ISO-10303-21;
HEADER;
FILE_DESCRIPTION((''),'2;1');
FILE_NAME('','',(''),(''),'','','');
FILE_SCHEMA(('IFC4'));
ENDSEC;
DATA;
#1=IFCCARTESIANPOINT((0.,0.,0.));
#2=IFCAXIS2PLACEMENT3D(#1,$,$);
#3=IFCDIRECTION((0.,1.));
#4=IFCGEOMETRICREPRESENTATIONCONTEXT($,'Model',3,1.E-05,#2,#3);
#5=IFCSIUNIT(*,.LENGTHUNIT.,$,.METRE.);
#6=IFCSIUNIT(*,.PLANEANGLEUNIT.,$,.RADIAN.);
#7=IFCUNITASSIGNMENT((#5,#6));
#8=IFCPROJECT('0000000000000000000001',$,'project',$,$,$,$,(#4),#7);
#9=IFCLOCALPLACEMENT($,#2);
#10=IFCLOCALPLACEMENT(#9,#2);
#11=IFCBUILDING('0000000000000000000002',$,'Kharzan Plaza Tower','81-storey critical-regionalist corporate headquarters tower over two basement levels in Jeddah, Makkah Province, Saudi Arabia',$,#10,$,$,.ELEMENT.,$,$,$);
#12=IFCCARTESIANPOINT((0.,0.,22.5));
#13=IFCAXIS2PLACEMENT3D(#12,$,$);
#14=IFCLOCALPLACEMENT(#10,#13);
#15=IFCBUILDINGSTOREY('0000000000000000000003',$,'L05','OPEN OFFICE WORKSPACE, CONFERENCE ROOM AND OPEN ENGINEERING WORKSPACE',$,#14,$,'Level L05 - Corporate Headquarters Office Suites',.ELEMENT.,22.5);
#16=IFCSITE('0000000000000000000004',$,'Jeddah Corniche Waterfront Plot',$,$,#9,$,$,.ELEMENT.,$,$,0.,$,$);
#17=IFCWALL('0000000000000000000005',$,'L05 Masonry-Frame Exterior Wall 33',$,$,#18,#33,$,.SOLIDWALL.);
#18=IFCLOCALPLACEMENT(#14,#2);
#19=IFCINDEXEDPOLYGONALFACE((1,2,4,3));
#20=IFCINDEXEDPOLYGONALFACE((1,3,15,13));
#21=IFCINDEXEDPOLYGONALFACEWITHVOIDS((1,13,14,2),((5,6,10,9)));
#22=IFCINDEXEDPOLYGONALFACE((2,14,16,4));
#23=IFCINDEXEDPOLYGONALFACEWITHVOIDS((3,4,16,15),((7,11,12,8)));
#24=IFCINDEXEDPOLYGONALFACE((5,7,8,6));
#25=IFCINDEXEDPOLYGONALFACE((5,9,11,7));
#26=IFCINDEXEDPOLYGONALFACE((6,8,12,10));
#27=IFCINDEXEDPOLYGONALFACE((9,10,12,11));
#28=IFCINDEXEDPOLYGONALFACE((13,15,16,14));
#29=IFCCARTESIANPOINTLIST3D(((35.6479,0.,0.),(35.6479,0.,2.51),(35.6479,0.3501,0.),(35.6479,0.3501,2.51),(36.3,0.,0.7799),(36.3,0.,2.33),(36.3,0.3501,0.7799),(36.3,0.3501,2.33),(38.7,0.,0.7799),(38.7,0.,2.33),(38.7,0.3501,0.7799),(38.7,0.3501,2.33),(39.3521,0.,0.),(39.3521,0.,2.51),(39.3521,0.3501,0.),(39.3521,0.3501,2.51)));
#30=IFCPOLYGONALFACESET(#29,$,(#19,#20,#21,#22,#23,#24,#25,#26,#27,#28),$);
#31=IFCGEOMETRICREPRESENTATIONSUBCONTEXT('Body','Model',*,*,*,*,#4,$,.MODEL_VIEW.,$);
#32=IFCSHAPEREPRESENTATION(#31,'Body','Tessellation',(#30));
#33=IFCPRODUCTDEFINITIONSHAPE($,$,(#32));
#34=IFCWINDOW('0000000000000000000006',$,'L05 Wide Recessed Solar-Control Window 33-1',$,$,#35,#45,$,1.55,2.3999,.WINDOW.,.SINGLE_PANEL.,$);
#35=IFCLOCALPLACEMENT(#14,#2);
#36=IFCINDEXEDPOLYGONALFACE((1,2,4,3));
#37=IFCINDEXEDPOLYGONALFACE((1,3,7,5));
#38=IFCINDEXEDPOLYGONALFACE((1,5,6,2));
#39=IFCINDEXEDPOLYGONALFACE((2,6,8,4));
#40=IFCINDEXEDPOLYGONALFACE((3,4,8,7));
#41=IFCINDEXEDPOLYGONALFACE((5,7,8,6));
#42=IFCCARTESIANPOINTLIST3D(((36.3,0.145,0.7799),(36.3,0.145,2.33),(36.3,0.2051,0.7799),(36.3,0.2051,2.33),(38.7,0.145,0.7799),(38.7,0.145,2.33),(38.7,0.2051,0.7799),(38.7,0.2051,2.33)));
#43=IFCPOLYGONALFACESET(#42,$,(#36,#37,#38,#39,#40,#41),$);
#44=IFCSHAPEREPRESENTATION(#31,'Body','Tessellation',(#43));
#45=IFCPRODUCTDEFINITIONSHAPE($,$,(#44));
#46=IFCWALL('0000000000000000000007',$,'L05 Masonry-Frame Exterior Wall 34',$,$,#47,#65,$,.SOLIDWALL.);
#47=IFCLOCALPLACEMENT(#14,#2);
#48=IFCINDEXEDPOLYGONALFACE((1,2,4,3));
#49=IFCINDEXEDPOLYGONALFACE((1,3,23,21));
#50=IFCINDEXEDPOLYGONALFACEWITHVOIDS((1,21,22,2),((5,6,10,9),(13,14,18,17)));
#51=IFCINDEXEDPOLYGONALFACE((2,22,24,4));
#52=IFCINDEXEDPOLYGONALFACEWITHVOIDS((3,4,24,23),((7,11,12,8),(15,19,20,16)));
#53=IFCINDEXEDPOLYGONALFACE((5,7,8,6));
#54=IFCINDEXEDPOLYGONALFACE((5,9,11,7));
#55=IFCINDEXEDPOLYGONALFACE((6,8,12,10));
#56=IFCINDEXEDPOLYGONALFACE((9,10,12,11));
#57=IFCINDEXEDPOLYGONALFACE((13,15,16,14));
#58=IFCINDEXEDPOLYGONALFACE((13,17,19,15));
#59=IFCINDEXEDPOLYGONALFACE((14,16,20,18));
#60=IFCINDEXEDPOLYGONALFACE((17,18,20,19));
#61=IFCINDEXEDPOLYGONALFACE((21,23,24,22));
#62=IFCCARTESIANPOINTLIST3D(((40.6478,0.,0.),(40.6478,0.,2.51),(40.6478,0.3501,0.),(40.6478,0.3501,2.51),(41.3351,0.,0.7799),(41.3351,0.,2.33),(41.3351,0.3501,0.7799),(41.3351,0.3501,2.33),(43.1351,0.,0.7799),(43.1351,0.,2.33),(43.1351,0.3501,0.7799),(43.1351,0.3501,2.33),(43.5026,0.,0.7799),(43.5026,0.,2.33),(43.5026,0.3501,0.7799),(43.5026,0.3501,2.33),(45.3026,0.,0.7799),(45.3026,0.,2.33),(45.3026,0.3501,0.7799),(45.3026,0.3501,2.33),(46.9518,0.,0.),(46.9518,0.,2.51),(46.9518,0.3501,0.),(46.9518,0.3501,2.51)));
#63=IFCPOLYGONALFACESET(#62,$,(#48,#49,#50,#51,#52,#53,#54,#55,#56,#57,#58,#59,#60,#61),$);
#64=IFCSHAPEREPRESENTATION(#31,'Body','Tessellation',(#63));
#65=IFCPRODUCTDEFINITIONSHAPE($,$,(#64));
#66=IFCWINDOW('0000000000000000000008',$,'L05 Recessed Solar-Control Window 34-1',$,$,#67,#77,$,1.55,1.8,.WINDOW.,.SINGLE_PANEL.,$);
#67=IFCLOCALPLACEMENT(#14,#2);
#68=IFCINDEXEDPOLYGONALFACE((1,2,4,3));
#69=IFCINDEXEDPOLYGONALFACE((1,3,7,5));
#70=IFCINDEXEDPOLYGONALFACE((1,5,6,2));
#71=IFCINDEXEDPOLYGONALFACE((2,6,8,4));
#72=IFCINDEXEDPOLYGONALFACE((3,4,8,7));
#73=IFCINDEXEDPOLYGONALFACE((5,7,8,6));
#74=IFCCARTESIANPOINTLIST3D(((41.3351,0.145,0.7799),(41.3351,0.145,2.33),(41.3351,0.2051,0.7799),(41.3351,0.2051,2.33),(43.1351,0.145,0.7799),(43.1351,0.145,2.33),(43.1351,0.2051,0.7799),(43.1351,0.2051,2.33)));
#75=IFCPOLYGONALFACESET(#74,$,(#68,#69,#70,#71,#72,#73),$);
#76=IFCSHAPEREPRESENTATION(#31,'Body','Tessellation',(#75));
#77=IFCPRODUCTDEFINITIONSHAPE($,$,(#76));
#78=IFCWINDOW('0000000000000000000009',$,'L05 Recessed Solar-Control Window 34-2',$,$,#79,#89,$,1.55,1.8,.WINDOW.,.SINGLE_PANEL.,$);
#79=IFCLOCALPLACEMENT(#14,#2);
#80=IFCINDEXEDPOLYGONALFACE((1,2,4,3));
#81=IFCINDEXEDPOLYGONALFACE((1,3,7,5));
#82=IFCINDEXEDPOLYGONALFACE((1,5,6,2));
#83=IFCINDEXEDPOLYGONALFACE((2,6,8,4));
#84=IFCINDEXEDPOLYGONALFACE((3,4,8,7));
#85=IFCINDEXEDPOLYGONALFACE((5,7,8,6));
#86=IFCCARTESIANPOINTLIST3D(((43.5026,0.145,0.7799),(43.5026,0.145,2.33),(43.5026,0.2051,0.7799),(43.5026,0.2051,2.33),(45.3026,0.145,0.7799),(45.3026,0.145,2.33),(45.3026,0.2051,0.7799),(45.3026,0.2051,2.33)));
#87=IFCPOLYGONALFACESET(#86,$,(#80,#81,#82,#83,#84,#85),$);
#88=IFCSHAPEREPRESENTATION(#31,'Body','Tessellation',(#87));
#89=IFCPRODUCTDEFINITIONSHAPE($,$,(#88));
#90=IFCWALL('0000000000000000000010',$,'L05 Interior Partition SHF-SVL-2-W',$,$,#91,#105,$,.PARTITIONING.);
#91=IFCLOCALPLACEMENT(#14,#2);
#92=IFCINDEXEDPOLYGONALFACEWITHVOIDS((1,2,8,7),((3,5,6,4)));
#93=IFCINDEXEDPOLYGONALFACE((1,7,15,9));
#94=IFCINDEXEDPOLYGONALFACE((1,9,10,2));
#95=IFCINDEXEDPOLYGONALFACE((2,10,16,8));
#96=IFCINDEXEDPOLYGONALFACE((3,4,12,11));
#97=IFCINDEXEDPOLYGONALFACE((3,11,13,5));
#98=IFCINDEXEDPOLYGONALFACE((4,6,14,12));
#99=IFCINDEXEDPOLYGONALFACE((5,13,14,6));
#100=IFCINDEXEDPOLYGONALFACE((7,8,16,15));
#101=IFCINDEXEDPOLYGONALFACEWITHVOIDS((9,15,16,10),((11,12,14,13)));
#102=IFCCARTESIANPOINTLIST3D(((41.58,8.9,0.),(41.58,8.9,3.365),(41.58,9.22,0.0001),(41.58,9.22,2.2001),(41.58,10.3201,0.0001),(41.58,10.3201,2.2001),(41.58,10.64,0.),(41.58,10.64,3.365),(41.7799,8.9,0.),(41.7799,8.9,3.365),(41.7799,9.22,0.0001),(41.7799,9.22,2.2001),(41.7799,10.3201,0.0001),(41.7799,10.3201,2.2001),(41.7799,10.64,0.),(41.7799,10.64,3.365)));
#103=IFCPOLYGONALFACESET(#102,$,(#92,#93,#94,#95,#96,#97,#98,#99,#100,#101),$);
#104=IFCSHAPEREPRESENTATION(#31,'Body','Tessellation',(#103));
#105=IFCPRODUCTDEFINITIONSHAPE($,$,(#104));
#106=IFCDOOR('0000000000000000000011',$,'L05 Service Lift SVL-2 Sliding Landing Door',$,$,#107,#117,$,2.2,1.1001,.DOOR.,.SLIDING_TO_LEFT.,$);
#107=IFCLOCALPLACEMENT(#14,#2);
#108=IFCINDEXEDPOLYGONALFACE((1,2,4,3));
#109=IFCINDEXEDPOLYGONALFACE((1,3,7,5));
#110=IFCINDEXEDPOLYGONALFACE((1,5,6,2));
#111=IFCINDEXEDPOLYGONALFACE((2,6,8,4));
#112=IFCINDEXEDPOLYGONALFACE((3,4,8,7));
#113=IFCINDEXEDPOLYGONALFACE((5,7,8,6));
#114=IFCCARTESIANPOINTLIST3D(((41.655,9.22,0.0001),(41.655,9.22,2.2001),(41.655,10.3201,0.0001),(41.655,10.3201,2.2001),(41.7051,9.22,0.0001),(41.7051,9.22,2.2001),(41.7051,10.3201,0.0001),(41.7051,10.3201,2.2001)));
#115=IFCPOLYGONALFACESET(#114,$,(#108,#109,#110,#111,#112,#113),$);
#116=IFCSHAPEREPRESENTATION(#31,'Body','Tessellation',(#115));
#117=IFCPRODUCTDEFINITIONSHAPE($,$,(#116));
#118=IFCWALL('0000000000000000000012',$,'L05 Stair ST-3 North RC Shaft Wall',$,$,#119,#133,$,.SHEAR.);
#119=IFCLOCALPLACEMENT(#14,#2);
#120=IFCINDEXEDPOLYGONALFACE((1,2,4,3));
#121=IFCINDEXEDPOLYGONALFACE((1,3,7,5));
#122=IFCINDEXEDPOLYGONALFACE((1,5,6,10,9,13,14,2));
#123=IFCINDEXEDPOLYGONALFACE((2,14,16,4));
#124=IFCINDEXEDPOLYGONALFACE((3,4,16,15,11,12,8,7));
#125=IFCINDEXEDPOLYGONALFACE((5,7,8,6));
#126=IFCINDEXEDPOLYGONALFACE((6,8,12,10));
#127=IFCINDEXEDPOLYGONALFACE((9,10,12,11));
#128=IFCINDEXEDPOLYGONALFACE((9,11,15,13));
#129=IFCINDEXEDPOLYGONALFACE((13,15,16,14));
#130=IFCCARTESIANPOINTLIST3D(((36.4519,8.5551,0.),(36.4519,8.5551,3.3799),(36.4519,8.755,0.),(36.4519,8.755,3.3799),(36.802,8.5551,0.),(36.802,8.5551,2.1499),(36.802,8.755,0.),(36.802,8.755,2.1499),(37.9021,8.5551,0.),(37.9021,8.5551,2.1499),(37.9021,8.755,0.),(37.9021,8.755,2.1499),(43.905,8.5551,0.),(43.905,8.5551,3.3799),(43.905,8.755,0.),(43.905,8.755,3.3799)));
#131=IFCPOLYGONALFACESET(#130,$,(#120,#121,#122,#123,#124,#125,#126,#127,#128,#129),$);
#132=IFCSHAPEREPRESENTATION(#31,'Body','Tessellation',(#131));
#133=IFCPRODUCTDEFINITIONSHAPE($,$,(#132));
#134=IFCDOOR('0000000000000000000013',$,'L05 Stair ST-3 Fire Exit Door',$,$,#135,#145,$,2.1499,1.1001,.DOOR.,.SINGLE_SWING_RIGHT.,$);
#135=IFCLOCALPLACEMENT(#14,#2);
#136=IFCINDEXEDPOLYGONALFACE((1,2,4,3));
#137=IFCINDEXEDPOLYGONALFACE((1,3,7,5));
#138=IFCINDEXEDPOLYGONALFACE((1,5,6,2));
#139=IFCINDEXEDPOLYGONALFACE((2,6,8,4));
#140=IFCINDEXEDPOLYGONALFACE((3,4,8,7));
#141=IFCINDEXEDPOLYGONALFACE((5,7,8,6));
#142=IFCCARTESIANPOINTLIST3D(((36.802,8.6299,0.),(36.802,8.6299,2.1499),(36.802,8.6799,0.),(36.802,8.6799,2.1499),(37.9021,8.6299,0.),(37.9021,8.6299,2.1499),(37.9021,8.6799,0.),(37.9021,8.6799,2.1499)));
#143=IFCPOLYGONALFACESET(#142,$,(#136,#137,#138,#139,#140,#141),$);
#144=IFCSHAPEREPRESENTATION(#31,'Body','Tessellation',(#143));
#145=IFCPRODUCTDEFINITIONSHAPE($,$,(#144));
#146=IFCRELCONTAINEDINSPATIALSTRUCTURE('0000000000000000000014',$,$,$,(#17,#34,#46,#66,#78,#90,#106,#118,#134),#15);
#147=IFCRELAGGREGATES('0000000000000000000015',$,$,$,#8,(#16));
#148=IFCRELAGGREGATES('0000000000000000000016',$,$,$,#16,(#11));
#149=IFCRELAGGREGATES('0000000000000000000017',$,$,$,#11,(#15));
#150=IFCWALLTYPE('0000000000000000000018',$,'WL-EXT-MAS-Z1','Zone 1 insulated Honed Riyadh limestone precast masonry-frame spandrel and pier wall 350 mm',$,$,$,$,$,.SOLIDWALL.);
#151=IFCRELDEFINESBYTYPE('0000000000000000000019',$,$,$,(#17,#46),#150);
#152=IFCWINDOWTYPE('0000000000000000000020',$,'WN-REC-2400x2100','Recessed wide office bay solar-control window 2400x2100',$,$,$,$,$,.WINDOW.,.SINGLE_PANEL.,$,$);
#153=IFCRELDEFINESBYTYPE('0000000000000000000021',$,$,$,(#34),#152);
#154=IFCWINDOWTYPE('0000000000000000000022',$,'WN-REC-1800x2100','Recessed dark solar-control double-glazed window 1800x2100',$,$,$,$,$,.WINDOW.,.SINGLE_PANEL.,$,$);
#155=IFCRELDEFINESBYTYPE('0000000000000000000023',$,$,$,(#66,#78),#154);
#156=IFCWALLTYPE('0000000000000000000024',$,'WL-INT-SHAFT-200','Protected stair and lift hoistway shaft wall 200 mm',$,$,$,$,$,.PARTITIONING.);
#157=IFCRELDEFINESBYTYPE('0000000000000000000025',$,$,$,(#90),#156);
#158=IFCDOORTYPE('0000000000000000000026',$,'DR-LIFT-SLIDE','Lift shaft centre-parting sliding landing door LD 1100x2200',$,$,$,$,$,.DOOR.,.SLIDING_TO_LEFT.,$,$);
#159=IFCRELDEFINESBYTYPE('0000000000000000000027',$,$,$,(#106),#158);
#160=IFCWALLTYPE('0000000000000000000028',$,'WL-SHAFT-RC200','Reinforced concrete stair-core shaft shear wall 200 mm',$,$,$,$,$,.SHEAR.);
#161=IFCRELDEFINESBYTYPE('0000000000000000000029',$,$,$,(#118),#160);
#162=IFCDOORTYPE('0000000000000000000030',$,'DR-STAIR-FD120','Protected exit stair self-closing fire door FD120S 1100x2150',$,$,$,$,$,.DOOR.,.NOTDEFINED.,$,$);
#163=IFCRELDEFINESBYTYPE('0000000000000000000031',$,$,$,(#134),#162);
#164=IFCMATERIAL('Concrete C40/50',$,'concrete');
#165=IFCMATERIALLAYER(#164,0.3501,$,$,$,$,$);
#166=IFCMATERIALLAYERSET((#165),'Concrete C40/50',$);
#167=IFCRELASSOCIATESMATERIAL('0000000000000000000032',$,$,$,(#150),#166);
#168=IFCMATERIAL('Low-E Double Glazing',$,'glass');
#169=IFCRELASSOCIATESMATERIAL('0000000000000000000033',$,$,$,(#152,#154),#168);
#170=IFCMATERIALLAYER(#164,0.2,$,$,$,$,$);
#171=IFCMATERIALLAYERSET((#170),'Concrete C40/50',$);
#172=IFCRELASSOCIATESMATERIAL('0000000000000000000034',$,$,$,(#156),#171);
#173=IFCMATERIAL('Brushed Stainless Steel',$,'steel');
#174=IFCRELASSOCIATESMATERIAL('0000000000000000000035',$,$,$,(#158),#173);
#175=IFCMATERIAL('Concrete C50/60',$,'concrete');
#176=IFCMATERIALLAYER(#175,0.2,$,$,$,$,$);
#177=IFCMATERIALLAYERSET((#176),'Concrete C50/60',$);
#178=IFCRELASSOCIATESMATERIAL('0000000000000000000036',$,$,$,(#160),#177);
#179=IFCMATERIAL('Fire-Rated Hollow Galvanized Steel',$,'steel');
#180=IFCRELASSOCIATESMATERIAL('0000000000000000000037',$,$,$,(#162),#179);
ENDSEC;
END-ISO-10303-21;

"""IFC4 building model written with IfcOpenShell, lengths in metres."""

from ifc_helpers import new_model, si_unit, direction, frame, frame_2d, origin, place, context, subcontext, project, spatial, rectangle, extrude, source, transform, mapped, material, layer, layer_set, type_object, element, fill, save


model = new_model("IFC4")

# Units and contexts
model_context = context("Model", 3, precision=1e-05, world=origin(), true_north=direction((0.0, 1.0)))
body_context = subcontext(model_context, "Body", "Model", "MODEL_VIEW")
ifc_project = project(units=[si_unit("LENGTHUNIT", "METRE"), si_unit("PLANEANGLEUNIT", "RADIAN")], contexts=[model_context])

# Site, building, storey
site_placement = place(None, origin())
site = spatial("IfcSite", under=ifc_project, at=site_placement, Name="Jeddah Corniche Waterfront Plot", CompositionType="ELEMENT", RefElevation=0.0)
building_placement = place(site_placement, origin())
building = spatial("IfcBuilding", under=site, at=building_placement, Name="Kharzan Plaza Tower", Description="81-storey critical-regionalist corporate headquarters tower over two basement levels in Jeddah, Makkah Province, Saudi Arabia", CompositionType="ELEMENT")
storey_placement = place(building_placement, frame((0.0, 0.0, 22.5)))
storey = spatial("IfcBuildingStorey", under=building, at=storey_placement, Name="L05", Description="OPEN OFFICE WORKSPACE, CONFERENCE ROOM AND OPEN ENGINEERING WORKSPACE", LongName="Level L05 - Corporate Headquarters Office Suites", CompositionType="ELEMENT", Elevation=22.5)

# Wall, opening, window
ifc_material_1 = material(Name="Concrete C40/50", Category="concrete")
ifc_layer_1 = layer(ifc_material_1, 0.3501)
ifc_layer_set_1 = layer_set([ifc_layer_1], Name="Concrete C40/50")
wall_type_1 = type_object("IfcWallType", Name="WL-EXT-MAS-Z1", Description="Zone 1 insulated Honed Riyadh limestone precast masonry-frame spandrel and pier wall 350 mm", PredefinedType="SOLIDWALL", material=ifc_layer_set_1)
wall_1_placement = place(storey_placement, frame((35.6479, 0.175, 0.0), z_axis=(0.0, 0.0, 1.0), x_axis=(1.0, 0.0, 0.0)))
wall_1 = element("IfcWall", 1, at=wall_1_placement, inside=storey, type_object=wall_type_1, Name="L05 Masonry-Frame Exterior Wall 33", PredefinedType="SOLIDWALL", context=body_context, shape_type="SweptSolid", body=[
    extrude(rectangle(XDim=3.7041, YDim=0.3501, at=frame_2d((1.8521, 0.0))), origin(), (0.0, 0.0, 1.0), 2.51),
])
opening_1_placement = place(wall_1_placement, frame((0.6521, 0.0, 0.78)))
opening_1 = element("IfcOpeningElement", 2, at=opening_1_placement, cuts=wall_1, PredefinedType="OPENING", context=body_context, shape_type="SweptSolid", body=[
    extrude(rectangle(XDim=2.3999, YDim=1.55, at=frame_2d((1.2, 0.7749))), frame((0.0, 0.1851, 0.0), z_axis=(0.0, -1.0, 0.0), x_axis=(1.0, 0.0, 0.0)), (0.0, 0.0, 1.0), 0.3701),
])
ifc_material_2 = material(Name="Low-E Double Glazing", Category="glass")
window_type_1 = type_object("IfcWindowType", Name="WN-REC-2400x2100", Description="Recessed wide office bay solar-control window 2400x2100", PartitioningType="SINGLE_PANEL", PredefinedType="WINDOW", material=ifc_material_2)
shared_shape_1 = source(origin(), body_context, "Body", "SweptSolid", [
    extrude(rectangle(XDim=2.3999, YDim=1.55, at=frame_2d((1.2, 0.7749))), frame((0.0, 0.03, 0.0), z_axis=(0.0, -1.0, 0.0), x_axis=(1.0, 0.0, 0.0)), (0.0, 0.0, 1.0), 0.0601),
])
window_1_placement = place(opening_1_placement, origin())
window_1 = element("IfcWindow", 3, at=window_1_placement, inside=storey, type_object=window_type_1, Name="L05 Wide Recessed Solar-Control Window 33-1", OverallHeight=1.55, OverallWidth=2.3999, PartitioningType="SINGLE_PANEL", PredefinedType="WINDOW", context=body_context, shape_type="MappedRepresentation", body=[
    mapped(shared_shape_1, transform((0.0, 0.0, 0.0), x_axis=(1.0, 0.0, 0.0), y_axis=(0.0, 1.0, 0.0), z_axis=(0.0, 0.0, 1.0))),
])
fill(opening_1, window_1)

# Wall, openings, windows
wall_2_placement = place(storey_placement, frame((40.6479, 0.175, 0.0), z_axis=(0.0, 0.0, 1.0), x_axis=(1.0, 0.0, 0.0)))
wall_2 = element("IfcWall", 4, at=wall_2_placement, inside=storey, type_object=wall_type_1, Name="L05 Masonry-Frame Exterior Wall 34", PredefinedType="SOLIDWALL", context=body_context, shape_type="SweptSolid", body=[
    extrude(rectangle(XDim=6.304, YDim=0.3501, at=frame_2d((3.1519, 0.0))), origin(), (0.0, 0.0, 1.0), 2.51),
])
opening_2_placement = place(wall_2_placement, frame((0.6873, 0.0, 0.78)))
opening_2 = element("IfcOpeningElement", 5, at=opening_2_placement, cuts=wall_2, PredefinedType="OPENING", context=body_context, shape_type="SweptSolid", body=[
    extrude(rectangle(XDim=1.8, YDim=1.55, at=frame_2d((0.8999, 0.7749))), frame((0.0, 0.1851, 0.0), z_axis=(0.0, -1.0, 0.0), x_axis=(1.0, 0.0, 0.0)), (0.0, 0.0, 1.0), 0.3701),
])
opening_3_placement = place(wall_2_placement, frame((2.8547, 0.0, 0.78)))
opening_3 = element("IfcOpeningElement", 6, at=opening_3_placement, cuts=wall_2, PredefinedType="OPENING", context=body_context, shape_type="SweptSolid", body=[
    extrude(rectangle(XDim=1.8, YDim=1.55, at=frame_2d((0.8999, 0.7749))), frame((0.0, 0.1851, 0.0), z_axis=(0.0, -1.0, 0.0), x_axis=(1.0, 0.0, 0.0)), (0.0, 0.0, 1.0), 0.3701),
])
window_type_2 = type_object("IfcWindowType", Name="WN-REC-1800x2100", Description="Recessed dark solar-control double-glazed window 1800x2100", PartitioningType="SINGLE_PANEL", PredefinedType="WINDOW", material=ifc_material_2)
shared_shape_2 = source(origin(), body_context, "Body", "SweptSolid", [
    extrude(rectangle(XDim=1.8, YDim=1.55, at=frame_2d((0.8999, 0.7749))), frame((0.0, 0.03, 0.0), z_axis=(0.0, -1.0, 0.0), x_axis=(1.0, 0.0, 0.0)), (0.0, 0.0, 1.0), 0.0601),
])
window_2_placement = place(opening_2_placement, origin())
window_2 = element("IfcWindow", 7, at=window_2_placement, inside=storey, type_object=window_type_2, Name="L05 Recessed Solar-Control Window 34-1", OverallHeight=1.55, OverallWidth=1.8, PartitioningType="SINGLE_PANEL", PredefinedType="WINDOW", context=body_context, shape_type="MappedRepresentation", body=[
    mapped(shared_shape_2, transform((0.0, 0.0, 0.0), x_axis=(1.0, 0.0, 0.0), y_axis=(0.0, 1.0, 0.0), z_axis=(0.0, 0.0, 1.0))),
])
fill(opening_2, window_2)
window_3_placement = place(opening_3_placement, origin())
window_3 = element("IfcWindow", 8, at=window_3_placement, inside=storey, type_object=window_type_2, Name="L05 Recessed Solar-Control Window 34-2", OverallHeight=1.55, OverallWidth=1.8, PartitioningType="SINGLE_PANEL", PredefinedType="WINDOW", context=body_context, shape_type="MappedRepresentation", body=[
    mapped(shared_shape_2, transform((0.0, 0.0, 0.0), x_axis=(1.0, 0.0, 0.0), y_axis=(0.0, 1.0, 0.0), z_axis=(0.0, 0.0, 1.0))),
])
fill(opening_3, window_3)

# Walls, openings, doors
ifc_layer_2 = layer(ifc_material_1, 0.2)
ifc_layer_set_2 = layer_set([ifc_layer_2], Name="Concrete C40/50")
wall_type_2 = type_object("IfcWallType", Name="WL-INT-SHAFT-200", Description="Protected stair and lift hoistway shaft wall 200 mm", PredefinedType="PARTITIONING", material=ifc_layer_set_2)
wall_3_placement = place(storey_placement, frame((41.6799, 8.8999, 0.0), z_axis=(0.0, 0.0, 1.0), x_axis=(0.0, 1.0, 0.0)))
wall_3 = element("IfcWall", 9, at=wall_3_placement, inside=storey, type_object=wall_type_2, Name="L05 Interior Partition SHF-SVL-2-W", PredefinedType="PARTITIONING", context=body_context, shape_type="SweptSolid", body=[
    extrude(rectangle(XDim=1.74, YDim=0.2, at=frame_2d((0.8701, 0.0))), origin(), (0.0, 0.0, 1.0), 3.365),
])
opening_4_placement = place(wall_3_placement, frame((0.3201, 0.0, 0.0)))
opening_4 = element("IfcOpeningElement", 10, at=opening_4_placement, cuts=wall_3, PredefinedType="OPENING", context=body_context, shape_type="SweptSolid", body=[
    extrude(rectangle(XDim=1.1001, YDim=2.2, at=frame_2d((0.55, 1.1001))), frame((0.0, 0.1099, 0.0), z_axis=(0.0, -1.0, 0.0), x_axis=(1.0, 0.0, 0.0)), (0.0, 0.0, 1.0), 0.22),
])
ifc_material_3 = material(Name="Brushed Stainless Steel", Category="steel")
door_type_1 = type_object("IfcDoorType", Name="DR-LIFT-SLIDE", Description="Lift shaft centre-parting sliding landing door LD 1100x2200", OperationType="SLIDING_TO_LEFT", PredefinedType="DOOR", material=ifc_material_3)
shared_shape_3 = source(origin(), body_context, "Body", "SweptSolid", [
    extrude(rectangle(XDim=1.1001, YDim=2.2, at=frame_2d((0.55, 1.1001))), frame((0.0, 0.0249, 0.0), z_axis=(0.0, -1.0, 0.0), x_axis=(1.0, 0.0, 0.0)), (0.0, 0.0, 1.0), 0.05),
])
door_1_placement = place(opening_4_placement, origin())
door_1 = element("IfcDoor", 11, at=door_1_placement, inside=storey, type_object=door_type_1, Name="L05 Service Lift SVL-2 Sliding Landing Door", OperationType="SLIDING_TO_LEFT", OverallHeight=2.2, OverallWidth=1.1001, PredefinedType="DOOR", context=body_context, shape_type="MappedRepresentation", body=[
    mapped(shared_shape_3, transform((0.0, 0.0, 0.0), x_axis=(1.0, 0.0, 0.0), y_axis=(0.0, 1.0, 0.0), z_axis=(0.0, 0.0, 1.0))),
])
fill(opening_4, door_1)
ifc_material_4 = material(Name="Concrete C50/60", Category="concrete")
ifc_layer_3 = layer(ifc_material_4, 0.2)
ifc_layer_set_3 = layer_set([ifc_layer_3], Name="Concrete C50/60")
wall_type_3 = type_object("IfcWallType", Name="WL-SHAFT-RC200", Description="Reinforced concrete stair-core shaft shear wall 200 mm", PredefinedType="SHEAR", material=ifc_layer_set_3)
wall_4_placement = place(storey_placement, frame((36.4519, 8.655, 0.0), z_axis=(0.0, 0.0, 1.0), x_axis=(1.0, 0.0, 0.0)))
wall_4 = element("IfcWall", 12, at=wall_4_placement, inside=storey, type_object=wall_type_3, Name="L05 Stair ST-3 North RC Shaft Wall", PredefinedType="SHEAR", context=body_context, shape_type="SweptSolid", body=[
    extrude(rectangle(XDim=7.4531, YDim=0.2, at=frame_2d((3.7266, 0.0))), origin(), (0.0, 0.0, 1.0), 3.3799),
])
opening_5_placement = place(wall_4_placement, frame((0.3501, 0.0, 0.0)))
opening_5 = element("IfcOpeningElement", 13, at=opening_5_placement, cuts=wall_4, PredefinedType="OPENING", context=body_context, shape_type="SweptSolid", body=[
    extrude(rectangle(XDim=1.1001, YDim=2.1499, at=frame_2d((0.55, 1.075))), frame((0.0, 0.1099, 0.0), z_axis=(0.0, -1.0, 0.0), x_axis=(1.0, 0.0, 0.0)), (0.0, 0.0, 1.0), 0.22),
])
ifc_material_5 = material(Name="Fire-Rated Hollow Galvanized Steel", Category="steel")
door_type_2 = type_object("IfcDoorType", Name="DR-STAIR-FD120", Description="Protected exit stair self-closing fire door FD120S 1100x2150", OperationType="NOTDEFINED", PredefinedType="DOOR", material=ifc_material_5)
shared_shape_4 = source(origin(), body_context, "Body", "SweptSolid", [
    extrude(rectangle(XDim=1.1001, YDim=2.1499, at=frame_2d((0.55, 1.075))), frame((0.0, 0.0249, 0.0), z_axis=(0.0, -1.0, 0.0), x_axis=(1.0, 0.0, 0.0)), (0.0, 0.0, 1.0), 0.05),
])
door_2_placement = place(opening_5_placement, origin())
door_2 = element("IfcDoor", 14, at=door_2_placement, inside=storey, type_object=door_type_2, Name="L05 Stair ST-3 Fire Exit Door", OperationType="SINGLE_SWING_RIGHT", OverallHeight=2.1499, OverallWidth=1.1001, PredefinedType="DOOR", context=body_context, shape_type="MappedRepresentation", body=[
    mapped(shared_shape_4, transform((0.0, 0.0, 0.0), x_axis=(1.0, 0.0, 0.0), y_axis=(0.0, 1.0, 0.0), z_axis=(0.0, 0.0, 1.0))),
])
fill(opening_5, door_2)

save(model, "model.ifc")
